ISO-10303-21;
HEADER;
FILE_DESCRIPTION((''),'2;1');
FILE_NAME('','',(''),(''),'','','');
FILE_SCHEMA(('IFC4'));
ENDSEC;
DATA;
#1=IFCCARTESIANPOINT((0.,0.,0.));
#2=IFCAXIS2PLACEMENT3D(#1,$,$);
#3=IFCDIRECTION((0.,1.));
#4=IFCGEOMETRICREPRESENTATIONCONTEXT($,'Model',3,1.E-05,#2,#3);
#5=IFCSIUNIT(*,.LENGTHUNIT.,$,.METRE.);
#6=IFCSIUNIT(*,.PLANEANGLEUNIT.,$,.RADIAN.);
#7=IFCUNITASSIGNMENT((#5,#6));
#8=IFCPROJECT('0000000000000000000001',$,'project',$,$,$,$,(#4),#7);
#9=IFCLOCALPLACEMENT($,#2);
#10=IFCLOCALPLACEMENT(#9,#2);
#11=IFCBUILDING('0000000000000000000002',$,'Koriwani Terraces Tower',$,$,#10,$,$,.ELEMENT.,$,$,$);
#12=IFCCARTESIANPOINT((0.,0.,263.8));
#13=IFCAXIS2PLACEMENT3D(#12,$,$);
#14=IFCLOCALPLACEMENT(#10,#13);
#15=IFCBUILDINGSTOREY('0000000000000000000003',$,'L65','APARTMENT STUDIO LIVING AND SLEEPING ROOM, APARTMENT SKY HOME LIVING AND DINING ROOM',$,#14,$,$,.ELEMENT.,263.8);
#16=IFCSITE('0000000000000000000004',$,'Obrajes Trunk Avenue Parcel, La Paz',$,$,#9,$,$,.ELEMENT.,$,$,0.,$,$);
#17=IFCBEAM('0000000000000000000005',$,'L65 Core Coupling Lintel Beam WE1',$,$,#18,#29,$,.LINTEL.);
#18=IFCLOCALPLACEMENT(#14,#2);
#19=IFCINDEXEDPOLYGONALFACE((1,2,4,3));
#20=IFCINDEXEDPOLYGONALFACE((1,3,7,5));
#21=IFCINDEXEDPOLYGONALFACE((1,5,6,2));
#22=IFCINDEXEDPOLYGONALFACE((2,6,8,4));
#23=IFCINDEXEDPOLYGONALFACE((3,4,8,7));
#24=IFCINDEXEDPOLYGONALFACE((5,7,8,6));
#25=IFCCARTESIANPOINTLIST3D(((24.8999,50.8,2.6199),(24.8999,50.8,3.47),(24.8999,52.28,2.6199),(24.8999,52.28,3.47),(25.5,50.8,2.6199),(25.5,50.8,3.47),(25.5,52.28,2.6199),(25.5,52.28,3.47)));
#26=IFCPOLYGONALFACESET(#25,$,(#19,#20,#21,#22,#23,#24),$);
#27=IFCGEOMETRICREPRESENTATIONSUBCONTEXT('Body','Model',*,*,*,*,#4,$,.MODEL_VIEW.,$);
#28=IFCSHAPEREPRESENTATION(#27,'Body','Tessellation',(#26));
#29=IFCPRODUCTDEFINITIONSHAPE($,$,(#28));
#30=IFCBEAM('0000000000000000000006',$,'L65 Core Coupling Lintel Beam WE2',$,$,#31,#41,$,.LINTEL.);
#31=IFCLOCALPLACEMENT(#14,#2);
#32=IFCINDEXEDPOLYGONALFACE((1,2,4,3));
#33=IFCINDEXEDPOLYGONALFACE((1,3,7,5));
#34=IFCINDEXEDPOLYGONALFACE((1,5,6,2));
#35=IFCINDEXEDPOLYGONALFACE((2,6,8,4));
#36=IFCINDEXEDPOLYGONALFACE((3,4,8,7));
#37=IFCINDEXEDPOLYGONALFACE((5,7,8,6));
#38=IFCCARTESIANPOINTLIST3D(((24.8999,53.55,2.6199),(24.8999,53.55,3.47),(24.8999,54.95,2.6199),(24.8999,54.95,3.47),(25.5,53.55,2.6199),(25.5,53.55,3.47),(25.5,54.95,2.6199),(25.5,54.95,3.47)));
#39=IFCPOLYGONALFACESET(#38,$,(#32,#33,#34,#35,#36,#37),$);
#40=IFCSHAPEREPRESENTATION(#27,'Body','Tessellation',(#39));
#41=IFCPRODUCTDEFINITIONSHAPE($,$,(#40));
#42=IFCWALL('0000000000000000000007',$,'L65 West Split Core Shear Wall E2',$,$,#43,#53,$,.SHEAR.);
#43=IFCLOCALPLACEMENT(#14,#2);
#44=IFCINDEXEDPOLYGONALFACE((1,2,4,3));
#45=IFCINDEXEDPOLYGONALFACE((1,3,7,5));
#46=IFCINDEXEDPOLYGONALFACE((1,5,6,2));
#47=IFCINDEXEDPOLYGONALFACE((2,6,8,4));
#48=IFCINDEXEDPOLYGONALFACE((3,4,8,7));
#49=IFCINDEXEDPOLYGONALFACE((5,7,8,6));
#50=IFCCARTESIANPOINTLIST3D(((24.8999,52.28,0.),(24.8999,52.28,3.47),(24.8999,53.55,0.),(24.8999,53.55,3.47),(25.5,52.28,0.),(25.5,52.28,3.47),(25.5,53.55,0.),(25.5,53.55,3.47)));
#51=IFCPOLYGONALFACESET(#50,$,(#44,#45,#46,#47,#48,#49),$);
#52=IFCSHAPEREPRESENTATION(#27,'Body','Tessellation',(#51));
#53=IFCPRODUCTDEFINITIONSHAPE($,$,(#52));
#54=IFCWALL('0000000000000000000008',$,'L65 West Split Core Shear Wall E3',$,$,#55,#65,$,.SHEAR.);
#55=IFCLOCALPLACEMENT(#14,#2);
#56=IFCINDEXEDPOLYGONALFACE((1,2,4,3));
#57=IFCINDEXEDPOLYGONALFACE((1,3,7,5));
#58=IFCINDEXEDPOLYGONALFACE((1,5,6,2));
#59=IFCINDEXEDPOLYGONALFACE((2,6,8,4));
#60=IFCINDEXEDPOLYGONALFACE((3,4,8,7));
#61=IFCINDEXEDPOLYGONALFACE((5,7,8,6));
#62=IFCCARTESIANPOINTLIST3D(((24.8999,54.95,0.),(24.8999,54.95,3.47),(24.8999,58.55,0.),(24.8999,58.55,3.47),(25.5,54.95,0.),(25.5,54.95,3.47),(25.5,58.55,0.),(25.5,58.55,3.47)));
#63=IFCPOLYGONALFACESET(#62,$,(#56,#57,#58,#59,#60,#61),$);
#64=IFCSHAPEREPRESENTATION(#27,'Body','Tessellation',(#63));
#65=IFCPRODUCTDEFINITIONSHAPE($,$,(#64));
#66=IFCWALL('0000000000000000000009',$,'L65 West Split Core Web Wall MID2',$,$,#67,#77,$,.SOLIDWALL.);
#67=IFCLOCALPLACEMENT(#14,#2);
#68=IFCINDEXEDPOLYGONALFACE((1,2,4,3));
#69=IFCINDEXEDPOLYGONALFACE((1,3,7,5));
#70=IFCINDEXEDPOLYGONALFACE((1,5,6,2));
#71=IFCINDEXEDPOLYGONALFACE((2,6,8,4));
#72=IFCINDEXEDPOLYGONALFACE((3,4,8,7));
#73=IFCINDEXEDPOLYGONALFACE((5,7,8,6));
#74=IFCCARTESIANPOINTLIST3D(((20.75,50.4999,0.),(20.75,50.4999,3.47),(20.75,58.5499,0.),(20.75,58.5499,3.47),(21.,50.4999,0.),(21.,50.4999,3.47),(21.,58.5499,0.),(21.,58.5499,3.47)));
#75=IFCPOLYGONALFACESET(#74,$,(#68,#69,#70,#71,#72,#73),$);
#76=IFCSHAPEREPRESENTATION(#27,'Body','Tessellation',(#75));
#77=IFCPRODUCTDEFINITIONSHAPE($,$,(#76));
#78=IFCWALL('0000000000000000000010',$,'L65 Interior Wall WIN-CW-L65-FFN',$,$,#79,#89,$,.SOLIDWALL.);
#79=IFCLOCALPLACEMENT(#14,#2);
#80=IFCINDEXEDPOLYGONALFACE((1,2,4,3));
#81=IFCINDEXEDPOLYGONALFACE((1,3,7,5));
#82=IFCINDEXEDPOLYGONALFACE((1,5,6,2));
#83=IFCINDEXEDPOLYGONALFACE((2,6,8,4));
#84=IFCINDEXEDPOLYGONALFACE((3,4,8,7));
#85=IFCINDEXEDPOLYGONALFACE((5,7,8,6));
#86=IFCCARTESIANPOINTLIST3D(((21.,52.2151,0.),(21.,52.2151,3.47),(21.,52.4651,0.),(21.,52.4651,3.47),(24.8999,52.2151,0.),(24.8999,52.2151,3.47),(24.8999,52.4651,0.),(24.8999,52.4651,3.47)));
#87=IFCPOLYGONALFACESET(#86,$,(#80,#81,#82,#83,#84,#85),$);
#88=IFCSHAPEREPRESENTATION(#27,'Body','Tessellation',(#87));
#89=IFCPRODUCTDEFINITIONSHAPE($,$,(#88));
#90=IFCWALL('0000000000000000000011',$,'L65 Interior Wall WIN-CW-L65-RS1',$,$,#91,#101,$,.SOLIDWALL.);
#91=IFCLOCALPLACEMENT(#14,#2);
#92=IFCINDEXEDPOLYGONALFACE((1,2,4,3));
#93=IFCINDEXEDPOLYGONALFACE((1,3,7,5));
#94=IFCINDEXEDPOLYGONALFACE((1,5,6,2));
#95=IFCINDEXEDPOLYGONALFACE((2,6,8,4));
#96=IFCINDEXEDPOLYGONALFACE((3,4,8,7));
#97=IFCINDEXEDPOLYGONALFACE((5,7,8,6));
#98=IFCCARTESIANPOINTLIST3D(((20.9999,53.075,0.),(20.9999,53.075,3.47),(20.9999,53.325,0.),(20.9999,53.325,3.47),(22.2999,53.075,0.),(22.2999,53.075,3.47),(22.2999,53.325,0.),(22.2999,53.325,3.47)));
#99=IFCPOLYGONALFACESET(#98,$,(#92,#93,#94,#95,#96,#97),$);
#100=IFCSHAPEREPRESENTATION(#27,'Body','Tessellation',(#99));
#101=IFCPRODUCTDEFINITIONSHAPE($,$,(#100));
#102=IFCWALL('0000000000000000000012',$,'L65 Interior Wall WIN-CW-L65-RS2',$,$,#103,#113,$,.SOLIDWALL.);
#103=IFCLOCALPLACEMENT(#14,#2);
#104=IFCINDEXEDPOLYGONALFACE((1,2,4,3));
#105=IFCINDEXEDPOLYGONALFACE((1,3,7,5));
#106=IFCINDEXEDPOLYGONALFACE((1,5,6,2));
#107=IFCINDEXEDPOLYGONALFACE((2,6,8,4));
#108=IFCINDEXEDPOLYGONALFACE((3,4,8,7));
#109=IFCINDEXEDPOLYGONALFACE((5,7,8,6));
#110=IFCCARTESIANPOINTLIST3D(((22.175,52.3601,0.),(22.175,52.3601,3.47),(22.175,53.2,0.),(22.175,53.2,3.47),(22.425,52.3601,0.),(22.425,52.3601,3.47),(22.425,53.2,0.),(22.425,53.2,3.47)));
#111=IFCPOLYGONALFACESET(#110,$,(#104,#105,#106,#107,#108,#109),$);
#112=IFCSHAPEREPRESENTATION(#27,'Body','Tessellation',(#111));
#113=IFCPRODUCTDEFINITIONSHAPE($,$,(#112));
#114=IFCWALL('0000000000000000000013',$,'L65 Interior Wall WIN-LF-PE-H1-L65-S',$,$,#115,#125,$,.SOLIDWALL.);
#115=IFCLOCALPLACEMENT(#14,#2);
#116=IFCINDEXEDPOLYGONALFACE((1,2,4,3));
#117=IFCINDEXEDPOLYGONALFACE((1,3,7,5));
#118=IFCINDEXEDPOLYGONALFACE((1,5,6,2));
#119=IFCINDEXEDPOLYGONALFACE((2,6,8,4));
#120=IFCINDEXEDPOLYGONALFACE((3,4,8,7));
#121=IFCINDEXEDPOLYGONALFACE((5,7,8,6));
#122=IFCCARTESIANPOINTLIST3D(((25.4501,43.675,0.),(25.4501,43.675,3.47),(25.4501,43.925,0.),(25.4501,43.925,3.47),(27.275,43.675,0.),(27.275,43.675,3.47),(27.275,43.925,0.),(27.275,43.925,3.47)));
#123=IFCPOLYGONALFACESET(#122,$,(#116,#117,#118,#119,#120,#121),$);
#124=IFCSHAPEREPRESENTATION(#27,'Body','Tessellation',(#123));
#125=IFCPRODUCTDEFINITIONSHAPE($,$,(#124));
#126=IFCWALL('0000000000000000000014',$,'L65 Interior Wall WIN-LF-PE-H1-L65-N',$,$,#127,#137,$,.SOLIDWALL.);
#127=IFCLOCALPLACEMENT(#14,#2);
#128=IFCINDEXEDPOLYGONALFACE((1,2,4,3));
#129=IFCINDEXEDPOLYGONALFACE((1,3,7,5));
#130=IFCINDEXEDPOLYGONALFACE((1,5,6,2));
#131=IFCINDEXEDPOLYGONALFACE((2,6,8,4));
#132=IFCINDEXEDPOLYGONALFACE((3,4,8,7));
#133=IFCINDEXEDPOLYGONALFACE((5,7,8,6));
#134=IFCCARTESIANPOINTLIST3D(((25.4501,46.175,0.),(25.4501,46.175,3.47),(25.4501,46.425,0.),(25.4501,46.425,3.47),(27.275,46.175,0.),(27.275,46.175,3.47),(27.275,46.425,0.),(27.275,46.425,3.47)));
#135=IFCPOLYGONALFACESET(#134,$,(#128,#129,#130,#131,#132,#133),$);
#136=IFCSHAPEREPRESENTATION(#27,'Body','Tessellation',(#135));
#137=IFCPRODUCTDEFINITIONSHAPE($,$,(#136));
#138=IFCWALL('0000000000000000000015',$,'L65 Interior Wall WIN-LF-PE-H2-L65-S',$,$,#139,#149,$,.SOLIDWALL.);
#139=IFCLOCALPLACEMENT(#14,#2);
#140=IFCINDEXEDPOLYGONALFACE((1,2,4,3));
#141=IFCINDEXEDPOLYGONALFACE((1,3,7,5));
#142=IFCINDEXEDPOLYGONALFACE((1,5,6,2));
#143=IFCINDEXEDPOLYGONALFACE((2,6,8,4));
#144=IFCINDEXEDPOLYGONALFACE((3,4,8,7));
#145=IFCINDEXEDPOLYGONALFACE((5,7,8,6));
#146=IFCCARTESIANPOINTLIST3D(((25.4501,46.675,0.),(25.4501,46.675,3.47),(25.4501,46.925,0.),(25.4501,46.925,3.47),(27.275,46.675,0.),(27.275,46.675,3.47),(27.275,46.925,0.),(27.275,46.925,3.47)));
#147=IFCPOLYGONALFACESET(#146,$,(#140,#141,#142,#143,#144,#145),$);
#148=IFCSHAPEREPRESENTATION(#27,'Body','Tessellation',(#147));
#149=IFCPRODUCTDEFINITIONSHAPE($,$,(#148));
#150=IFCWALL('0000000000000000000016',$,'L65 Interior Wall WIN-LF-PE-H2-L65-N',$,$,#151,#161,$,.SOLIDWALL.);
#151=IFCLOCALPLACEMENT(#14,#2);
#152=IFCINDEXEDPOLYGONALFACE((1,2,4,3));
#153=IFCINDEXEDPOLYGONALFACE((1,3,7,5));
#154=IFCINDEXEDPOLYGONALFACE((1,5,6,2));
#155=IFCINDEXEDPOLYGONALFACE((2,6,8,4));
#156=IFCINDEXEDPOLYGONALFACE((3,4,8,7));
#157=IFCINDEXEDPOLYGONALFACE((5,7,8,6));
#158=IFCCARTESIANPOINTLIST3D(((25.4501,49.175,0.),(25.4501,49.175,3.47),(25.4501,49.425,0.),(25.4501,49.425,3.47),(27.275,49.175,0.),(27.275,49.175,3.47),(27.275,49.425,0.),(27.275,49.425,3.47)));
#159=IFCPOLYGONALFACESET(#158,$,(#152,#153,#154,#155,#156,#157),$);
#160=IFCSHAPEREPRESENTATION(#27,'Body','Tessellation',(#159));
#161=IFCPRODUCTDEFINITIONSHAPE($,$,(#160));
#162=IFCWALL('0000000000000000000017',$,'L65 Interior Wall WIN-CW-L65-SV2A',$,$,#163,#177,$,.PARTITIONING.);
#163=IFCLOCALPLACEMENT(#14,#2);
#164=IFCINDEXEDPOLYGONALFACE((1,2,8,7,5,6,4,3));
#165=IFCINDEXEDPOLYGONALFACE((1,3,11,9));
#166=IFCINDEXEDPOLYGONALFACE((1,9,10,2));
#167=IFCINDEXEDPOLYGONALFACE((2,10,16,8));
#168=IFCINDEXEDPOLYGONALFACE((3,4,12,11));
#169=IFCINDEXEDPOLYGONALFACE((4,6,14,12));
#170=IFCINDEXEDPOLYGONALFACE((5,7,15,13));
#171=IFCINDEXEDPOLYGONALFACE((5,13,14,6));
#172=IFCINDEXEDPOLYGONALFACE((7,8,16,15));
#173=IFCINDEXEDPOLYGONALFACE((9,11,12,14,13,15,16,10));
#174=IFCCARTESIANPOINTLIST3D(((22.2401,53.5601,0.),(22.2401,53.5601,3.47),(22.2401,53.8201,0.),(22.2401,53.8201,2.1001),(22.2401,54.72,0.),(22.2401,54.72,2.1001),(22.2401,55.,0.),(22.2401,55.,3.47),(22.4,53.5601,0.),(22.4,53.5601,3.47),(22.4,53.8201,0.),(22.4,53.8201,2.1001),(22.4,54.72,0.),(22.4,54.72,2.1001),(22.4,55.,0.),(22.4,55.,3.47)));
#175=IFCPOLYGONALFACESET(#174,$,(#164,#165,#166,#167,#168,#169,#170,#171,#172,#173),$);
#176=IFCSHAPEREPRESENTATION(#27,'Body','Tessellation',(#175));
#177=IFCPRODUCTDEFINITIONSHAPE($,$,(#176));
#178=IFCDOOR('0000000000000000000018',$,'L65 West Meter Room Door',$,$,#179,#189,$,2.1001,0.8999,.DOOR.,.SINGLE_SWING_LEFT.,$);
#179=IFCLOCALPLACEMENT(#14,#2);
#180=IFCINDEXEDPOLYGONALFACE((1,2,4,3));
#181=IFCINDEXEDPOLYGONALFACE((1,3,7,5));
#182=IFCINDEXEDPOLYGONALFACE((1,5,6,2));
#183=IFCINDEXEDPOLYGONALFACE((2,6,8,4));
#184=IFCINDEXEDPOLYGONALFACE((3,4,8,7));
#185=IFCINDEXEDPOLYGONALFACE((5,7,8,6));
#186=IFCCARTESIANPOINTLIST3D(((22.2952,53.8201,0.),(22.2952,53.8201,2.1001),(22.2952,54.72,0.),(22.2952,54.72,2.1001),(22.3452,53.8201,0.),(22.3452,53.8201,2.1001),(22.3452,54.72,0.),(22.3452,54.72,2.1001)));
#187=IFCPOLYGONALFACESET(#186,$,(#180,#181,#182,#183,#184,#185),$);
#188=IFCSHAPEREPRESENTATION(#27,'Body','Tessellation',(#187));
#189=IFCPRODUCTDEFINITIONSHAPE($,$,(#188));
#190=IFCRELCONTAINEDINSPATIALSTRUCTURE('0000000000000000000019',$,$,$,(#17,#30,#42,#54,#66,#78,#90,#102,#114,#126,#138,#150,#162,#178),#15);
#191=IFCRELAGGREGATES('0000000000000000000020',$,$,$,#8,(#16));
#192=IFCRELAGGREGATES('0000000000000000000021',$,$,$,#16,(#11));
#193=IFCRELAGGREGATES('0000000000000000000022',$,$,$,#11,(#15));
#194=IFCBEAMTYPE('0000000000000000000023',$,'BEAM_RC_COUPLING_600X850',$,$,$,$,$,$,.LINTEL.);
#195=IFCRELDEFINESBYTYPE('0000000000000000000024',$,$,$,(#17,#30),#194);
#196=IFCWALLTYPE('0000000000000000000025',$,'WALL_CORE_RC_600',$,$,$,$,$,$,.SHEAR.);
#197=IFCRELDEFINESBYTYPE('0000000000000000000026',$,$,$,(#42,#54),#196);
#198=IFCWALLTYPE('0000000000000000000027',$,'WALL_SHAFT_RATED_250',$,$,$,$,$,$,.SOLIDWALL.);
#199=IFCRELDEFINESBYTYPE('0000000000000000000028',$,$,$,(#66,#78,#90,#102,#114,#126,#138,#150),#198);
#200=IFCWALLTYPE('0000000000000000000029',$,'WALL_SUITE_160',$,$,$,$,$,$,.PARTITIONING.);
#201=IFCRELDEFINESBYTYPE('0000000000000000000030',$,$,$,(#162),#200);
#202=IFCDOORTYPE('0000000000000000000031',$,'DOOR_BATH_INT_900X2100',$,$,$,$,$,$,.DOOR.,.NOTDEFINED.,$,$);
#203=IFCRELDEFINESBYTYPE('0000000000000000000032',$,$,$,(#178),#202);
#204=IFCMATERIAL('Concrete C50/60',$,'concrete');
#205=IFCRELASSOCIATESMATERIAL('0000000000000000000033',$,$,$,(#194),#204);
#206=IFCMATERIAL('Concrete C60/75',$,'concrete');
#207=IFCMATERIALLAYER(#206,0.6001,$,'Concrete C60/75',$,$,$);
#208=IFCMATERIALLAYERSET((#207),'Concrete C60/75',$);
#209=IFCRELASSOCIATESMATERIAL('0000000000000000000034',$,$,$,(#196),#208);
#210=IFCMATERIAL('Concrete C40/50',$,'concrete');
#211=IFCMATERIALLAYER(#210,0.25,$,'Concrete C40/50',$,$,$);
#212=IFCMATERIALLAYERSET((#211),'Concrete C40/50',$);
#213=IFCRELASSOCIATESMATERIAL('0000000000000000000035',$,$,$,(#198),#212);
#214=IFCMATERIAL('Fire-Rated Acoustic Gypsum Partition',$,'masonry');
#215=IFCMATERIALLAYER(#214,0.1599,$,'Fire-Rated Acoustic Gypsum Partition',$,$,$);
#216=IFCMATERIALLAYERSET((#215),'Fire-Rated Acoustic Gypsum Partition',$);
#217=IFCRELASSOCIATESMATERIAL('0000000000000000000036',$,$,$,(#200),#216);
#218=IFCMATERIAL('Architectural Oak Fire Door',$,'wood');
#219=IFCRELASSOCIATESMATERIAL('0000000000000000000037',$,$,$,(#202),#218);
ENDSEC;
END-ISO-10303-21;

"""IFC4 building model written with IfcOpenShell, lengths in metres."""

from ifc_helpers import new_model, si_unit, direction, frame, frame_2d, origin, origin_2d, place, context, subcontext, project, spatial, rectangle, extrude, material, layer, layer_set, material_profile, profile_set, type_object, element, fill, save


model = new_model("IFC4")

# Units and contexts
model_context = context("Model", 3, precision=1e-05, world=origin(), true_north=direction((0.0, 1.0)))
body_context = subcontext(model_context, "Body", "Model", "MODEL_VIEW")
ifc_project = project(units=[si_unit("LENGTHUNIT", "METRE"), si_unit("PLANEANGLEUNIT", "RADIAN")], contexts=[model_context])

# Site, building, storey
site_placement = place(None, origin())
site = spatial("IfcSite", under=ifc_project, at=site_placement, Name="Obrajes Trunk Avenue Parcel, La Paz", CompositionType="ELEMENT", RefElevation=0.0)
building_placement = place(site_placement, origin())
building = spatial("IfcBuilding", under=site, at=building_placement, Name="Koriwani Terraces Tower", CompositionType="ELEMENT")
storey_placement = place(building_placement, frame((0.0, 0.0, 263.8)))
storey = spatial("IfcBuildingStorey", under=building, at=storey_placement, Name="L65", Description="APARTMENT STUDIO LIVING AND SLEEPING ROOM, APARTMENT SKY HOME LIVING AND DINING ROOM", CompositionType="ELEMENT", Elevation=263.8)

# Beams
ifc_material_1 = material(Name="Concrete C50/60", Category="concrete")
ifc_material_profile = material_profile(ifc_material_1, rectangle(XDim=0.6001, YDim=0.8501, at=origin_2d()), Name="Concrete C50/60", Category="LoadBearing")
ifc_profile_set = profile_set([ifc_material_profile], Name="Concrete C50/60")
beam_type = type_object("IfcBeamType", Name="BEAM_RC_COUPLING_600X850", PredefinedType="LINTEL", material=ifc_profile_set)
beam_1_placement = place(storey_placement, frame((25.2, 50.8, 3.0449), z_axis=(0.0, 1.0, 0.0), x_axis=(-1.0, 0.0, 0.0)))
element("IfcBeam", 1, at=beam_1_placement, inside=storey, type_object=beam_type, Name="L65 Core Coupling Lintel Beam WE1", PredefinedType="LINTEL", context=body_context, shape_type="SweptSolid", body=[
    extrude(rectangle(XDim=0.6001, YDim=0.8501, at=origin_2d()), origin(), (0.0, 0.0, 1.0), 1.48),
])
beam_2_placement = place(storey_placement, frame((25.2, 53.55, 3.0449), z_axis=(0.0, 1.0, 0.0), x_axis=(-1.0, 0.0, 0.0)))
element("IfcBeam", 2, at=beam_2_placement, inside=storey, type_object=beam_type, Name="L65 Core Coupling Lintel Beam WE2", PredefinedType="LINTEL", context=body_context, shape_type="SweptSolid", body=[
    extrude(rectangle(XDim=0.6001, YDim=0.8501, at=origin_2d()), origin(), (0.0, 0.0, 1.0), 1.3999),
])

# Walls
ifc_material_2 = material(Name="Concrete C60/75", Category="concrete")
ifc_layer_1 = layer(ifc_material_2, 0.6001, Name="Concrete C60/75")
ifc_layer_set_1 = layer_set([ifc_layer_1], Name="Concrete C60/75")
wall_type_1 = type_object("IfcWallType", Name="WALL_CORE_RC_600", PredefinedType="SHEAR", material=ifc_layer_set_1)
wall_1_placement = place(storey_placement, frame((25.2, 52.28, 0.0), z_axis=(0.0, 0.0, 1.0), x_axis=(0.0, 1.0, 0.0)))
element("IfcWall", 3, at=wall_1_placement, inside=storey, type_object=wall_type_1, Name="L65 West Split Core Shear Wall E2", PredefinedType="SHEAR", context=body_context, shape_type="SweptSolid", body=[
    extrude(rectangle(XDim=1.27, YDim=0.6001, at=frame_2d((0.635, 0.0))), origin(), (0.0, 0.0, 1.0), 3.47),
])
wall_2_placement = place(storey_placement, frame((25.2, 54.95, 0.0), z_axis=(0.0, 0.0, 1.0), x_axis=(0.0, 1.0, 0.0)))
element("IfcWall", 4, at=wall_2_placement, inside=storey, type_object=wall_type_1, Name="L65 West Split Core Shear Wall E3", PredefinedType="SHEAR", context=body_context, shape_type="SweptSolid", body=[
    extrude(rectangle(XDim=3.6001, YDim=0.6001, at=frame_2d((1.8, 0.0))), origin(), (0.0, 0.0, 1.0), 3.47),
])
ifc_material_3 = material(Name="Concrete C40/50", Category="concrete")
ifc_layer_2 = layer(ifc_material_3, 0.25, Name="Concrete C40/50")
ifc_layer_set_2 = layer_set([ifc_layer_2], Name="Concrete C40/50")
wall_type_2 = type_object("IfcWallType", Name="WALL_SHAFT_RATED_250", PredefinedType="SOLIDWALL", material=ifc_layer_set_2)
wall_3_placement = place(storey_placement, frame((20.875, 50.5, 0.0), z_axis=(0.0, 0.0, 1.0), x_axis=(0.0, 1.0, 0.0)))
element("IfcWall", 5, at=wall_3_placement, inside=storey, type_object=wall_type_2, Name="L65 West Split Core Web Wall MID2", PredefinedType="SOLIDWALL", context=body_context, shape_type="SweptSolid", body=[
    extrude(rectangle(XDim=8.05, YDim=0.25, at=frame_2d((4.0249, 0.0))), origin(), (0.0, 0.0, 1.0), 3.47),
])

# Wall
wall_4_placement = place(storey_placement, frame((21.0, 52.3401, 0.0), z_axis=(0.0, 0.0, 1.0), x_axis=(1.0, 0.0, 0.0)))
element("IfcWall", 6, at=wall_4_placement, inside=storey, type_object=wall_type_2, Name="L65 Interior Wall WIN-CW-L65-FFN", PredefinedType="SOLIDWALL", context=body_context, shape_type="SweptSolid", body=[
    extrude(rectangle(XDim=3.8999, YDim=0.25, at=frame_2d((1.95, 0.0))), origin(), (0.0, 0.0, 1.0), 3.47),
])

# Walls
wall_5_placement = place(storey_placement, frame((21.0, 53.2, 0.0), z_axis=(0.0, 0.0, 1.0), x_axis=(1.0, 0.0, 0.0)))
element("IfcWall", 7, at=wall_5_placement, inside=storey, type_object=wall_type_2, Name="L65 Interior Wall WIN-CW-L65-RS1", PredefinedType="SOLIDWALL", context=body_context, shape_type="SweptSolid", body=[
    extrude(rectangle(XDim=1.3, YDim=0.25, at=frame_2d((0.6499, 0.0))), origin(), (0.0, 0.0, 1.0), 3.47),
])
wall_6_placement = place(storey_placement, frame((22.3, 52.3601, 0.0), z_axis=(0.0, 0.0, 1.0), x_axis=(0.0, 1.0, 0.0)))
element("IfcWall", 8, at=wall_6_placement, inside=storey, type_object=wall_type_2, Name="L65 Interior Wall WIN-CW-L65-RS2", PredefinedType="SOLIDWALL", context=body_context, shape_type="SweptSolid", body=[
    extrude(rectangle(XDim=0.8398, YDim=0.25, at=frame_2d((0.4199, 0.0))), origin(), (0.0, 0.0, 1.0), 3.47),
])
for number, where, z_axis, x_axis, name in (
    (9, (25.45, 43.8, 0.0), (0.0, 0.0, 1.0), (1.0, 0.0, 0.0), "L65 Interior Wall WIN-LF-PE-H1-L65-S"),
    (10, (25.45, 46.3, 0.0), (0.0, 0.0, 1.0), (1.0, 0.0, 0.0), "L65 Interior Wall WIN-LF-PE-H1-L65-N"),
    (11, (25.45, 46.8, 0.0), (0.0, 0.0, 1.0), (1.0, 0.0, 0.0), "L65 Interior Wall WIN-LF-PE-H2-L65-S"),
    (12, (25.45, 49.3, 0.0), (0.0, 0.0, 1.0), (1.0, 0.0, 0.0), "L65 Interior Wall WIN-LF-PE-H2-L65-N"),
):
    element("IfcWall", number, at=place(storey_placement, frame(where, z_axis=z_axis, x_axis=x_axis)), inside=storey, type_object=wall_type_2, Name=name, PredefinedType="SOLIDWALL", context=body_context, shape_type="SweptSolid", body=[
        extrude(rectangle(XDim=1.825, YDim=0.25, at=frame_2d((0.9126, 0.0))), origin(), (0.0, 0.0, 1.0), 3.47),
    ])

# Wall, opening, door
ifc_material_4 = material(Name="Fire-Rated Acoustic Gypsum Partition", Category="masonry")
ifc_layer_3 = layer(ifc_material_4, 0.1599, Name="Fire-Rated Acoustic Gypsum Partition")
ifc_layer_set_3 = layer_set([ifc_layer_3], Name="Fire-Rated Acoustic Gypsum Partition")
wall_type_3 = type_object("IfcWallType", Name="WALL_SUITE_160", PredefinedType="PARTITIONING", material=ifc_layer_set_3)
wall_7_placement = place(storey_placement, frame((22.3201, 53.5601, 0.0), z_axis=(0.0, 0.0, 1.0), x_axis=(0.0, 1.0, 0.0)))
wall_7 = element("IfcWall", 13, at=wall_7_placement, inside=storey, type_object=wall_type_3, Name="L65 Interior Wall WIN-CW-L65-SV2A", PredefinedType="PARTITIONING", context=body_context, shape_type="SweptSolid", body=[
    extrude(rectangle(XDim=1.4399, YDim=0.1599, at=frame_2d((0.72, 0.0))), origin(), (0.0, 0.0, 1.0), 3.47),
])
opening_1_placement = place(wall_7_placement, frame((0.26, 0.0, 0.0)))
opening_1 = element("IfcOpeningElement", 14, at=opening_1_placement, cuts=wall_7, PredefinedType="OPENING", context=body_context, shape_type="SweptSolid", body=[
    extrude(rectangle(XDim=0.8999, YDim=2.1001, at=frame_2d((0.45, 1.05))), frame((0.0, 0.0898, 0.0), z_axis=(0.0, -1.0, 0.0), x_axis=(1.0, 0.0, 0.0)), (0.0, 0.0, 1.0), 0.1799),
])
ifc_material_5 = material(Name="Architectural Oak Fire Door", Category="wood")
door_type_1 = type_object("IfcDoorType", Name="DOOR_BATH_INT_900X2100", OperationType="NOTDEFINED", PredefinedType="DOOR", material=ifc_material_5)
door_1_placement = place(opening_1_placement, origin())
door_1 = element("IfcDoor", 15, at=door_1_placement, inside=storey, type_object=door_type_1, Name="L65 West Meter Room Door", OperationType="SINGLE_SWING_LEFT", OverallHeight=2.1001, OverallWidth=0.8999, PredefinedType="DOOR", context=body_context, shape_type="SweptSolid", body=[
    extrude(rectangle(XDim=0.8999, YDim=2.1001, at=frame_2d((0.45, 1.05))), frame((0.0, 0.0249, 0.0), z_axis=(0.0, -1.0, 0.0), x_axis=(1.0, 0.0, 0.0)), (0.0, 0.0, 1.0), 0.05),
])
fill(opening_1, door_1)

save(model, "model.ifc")
